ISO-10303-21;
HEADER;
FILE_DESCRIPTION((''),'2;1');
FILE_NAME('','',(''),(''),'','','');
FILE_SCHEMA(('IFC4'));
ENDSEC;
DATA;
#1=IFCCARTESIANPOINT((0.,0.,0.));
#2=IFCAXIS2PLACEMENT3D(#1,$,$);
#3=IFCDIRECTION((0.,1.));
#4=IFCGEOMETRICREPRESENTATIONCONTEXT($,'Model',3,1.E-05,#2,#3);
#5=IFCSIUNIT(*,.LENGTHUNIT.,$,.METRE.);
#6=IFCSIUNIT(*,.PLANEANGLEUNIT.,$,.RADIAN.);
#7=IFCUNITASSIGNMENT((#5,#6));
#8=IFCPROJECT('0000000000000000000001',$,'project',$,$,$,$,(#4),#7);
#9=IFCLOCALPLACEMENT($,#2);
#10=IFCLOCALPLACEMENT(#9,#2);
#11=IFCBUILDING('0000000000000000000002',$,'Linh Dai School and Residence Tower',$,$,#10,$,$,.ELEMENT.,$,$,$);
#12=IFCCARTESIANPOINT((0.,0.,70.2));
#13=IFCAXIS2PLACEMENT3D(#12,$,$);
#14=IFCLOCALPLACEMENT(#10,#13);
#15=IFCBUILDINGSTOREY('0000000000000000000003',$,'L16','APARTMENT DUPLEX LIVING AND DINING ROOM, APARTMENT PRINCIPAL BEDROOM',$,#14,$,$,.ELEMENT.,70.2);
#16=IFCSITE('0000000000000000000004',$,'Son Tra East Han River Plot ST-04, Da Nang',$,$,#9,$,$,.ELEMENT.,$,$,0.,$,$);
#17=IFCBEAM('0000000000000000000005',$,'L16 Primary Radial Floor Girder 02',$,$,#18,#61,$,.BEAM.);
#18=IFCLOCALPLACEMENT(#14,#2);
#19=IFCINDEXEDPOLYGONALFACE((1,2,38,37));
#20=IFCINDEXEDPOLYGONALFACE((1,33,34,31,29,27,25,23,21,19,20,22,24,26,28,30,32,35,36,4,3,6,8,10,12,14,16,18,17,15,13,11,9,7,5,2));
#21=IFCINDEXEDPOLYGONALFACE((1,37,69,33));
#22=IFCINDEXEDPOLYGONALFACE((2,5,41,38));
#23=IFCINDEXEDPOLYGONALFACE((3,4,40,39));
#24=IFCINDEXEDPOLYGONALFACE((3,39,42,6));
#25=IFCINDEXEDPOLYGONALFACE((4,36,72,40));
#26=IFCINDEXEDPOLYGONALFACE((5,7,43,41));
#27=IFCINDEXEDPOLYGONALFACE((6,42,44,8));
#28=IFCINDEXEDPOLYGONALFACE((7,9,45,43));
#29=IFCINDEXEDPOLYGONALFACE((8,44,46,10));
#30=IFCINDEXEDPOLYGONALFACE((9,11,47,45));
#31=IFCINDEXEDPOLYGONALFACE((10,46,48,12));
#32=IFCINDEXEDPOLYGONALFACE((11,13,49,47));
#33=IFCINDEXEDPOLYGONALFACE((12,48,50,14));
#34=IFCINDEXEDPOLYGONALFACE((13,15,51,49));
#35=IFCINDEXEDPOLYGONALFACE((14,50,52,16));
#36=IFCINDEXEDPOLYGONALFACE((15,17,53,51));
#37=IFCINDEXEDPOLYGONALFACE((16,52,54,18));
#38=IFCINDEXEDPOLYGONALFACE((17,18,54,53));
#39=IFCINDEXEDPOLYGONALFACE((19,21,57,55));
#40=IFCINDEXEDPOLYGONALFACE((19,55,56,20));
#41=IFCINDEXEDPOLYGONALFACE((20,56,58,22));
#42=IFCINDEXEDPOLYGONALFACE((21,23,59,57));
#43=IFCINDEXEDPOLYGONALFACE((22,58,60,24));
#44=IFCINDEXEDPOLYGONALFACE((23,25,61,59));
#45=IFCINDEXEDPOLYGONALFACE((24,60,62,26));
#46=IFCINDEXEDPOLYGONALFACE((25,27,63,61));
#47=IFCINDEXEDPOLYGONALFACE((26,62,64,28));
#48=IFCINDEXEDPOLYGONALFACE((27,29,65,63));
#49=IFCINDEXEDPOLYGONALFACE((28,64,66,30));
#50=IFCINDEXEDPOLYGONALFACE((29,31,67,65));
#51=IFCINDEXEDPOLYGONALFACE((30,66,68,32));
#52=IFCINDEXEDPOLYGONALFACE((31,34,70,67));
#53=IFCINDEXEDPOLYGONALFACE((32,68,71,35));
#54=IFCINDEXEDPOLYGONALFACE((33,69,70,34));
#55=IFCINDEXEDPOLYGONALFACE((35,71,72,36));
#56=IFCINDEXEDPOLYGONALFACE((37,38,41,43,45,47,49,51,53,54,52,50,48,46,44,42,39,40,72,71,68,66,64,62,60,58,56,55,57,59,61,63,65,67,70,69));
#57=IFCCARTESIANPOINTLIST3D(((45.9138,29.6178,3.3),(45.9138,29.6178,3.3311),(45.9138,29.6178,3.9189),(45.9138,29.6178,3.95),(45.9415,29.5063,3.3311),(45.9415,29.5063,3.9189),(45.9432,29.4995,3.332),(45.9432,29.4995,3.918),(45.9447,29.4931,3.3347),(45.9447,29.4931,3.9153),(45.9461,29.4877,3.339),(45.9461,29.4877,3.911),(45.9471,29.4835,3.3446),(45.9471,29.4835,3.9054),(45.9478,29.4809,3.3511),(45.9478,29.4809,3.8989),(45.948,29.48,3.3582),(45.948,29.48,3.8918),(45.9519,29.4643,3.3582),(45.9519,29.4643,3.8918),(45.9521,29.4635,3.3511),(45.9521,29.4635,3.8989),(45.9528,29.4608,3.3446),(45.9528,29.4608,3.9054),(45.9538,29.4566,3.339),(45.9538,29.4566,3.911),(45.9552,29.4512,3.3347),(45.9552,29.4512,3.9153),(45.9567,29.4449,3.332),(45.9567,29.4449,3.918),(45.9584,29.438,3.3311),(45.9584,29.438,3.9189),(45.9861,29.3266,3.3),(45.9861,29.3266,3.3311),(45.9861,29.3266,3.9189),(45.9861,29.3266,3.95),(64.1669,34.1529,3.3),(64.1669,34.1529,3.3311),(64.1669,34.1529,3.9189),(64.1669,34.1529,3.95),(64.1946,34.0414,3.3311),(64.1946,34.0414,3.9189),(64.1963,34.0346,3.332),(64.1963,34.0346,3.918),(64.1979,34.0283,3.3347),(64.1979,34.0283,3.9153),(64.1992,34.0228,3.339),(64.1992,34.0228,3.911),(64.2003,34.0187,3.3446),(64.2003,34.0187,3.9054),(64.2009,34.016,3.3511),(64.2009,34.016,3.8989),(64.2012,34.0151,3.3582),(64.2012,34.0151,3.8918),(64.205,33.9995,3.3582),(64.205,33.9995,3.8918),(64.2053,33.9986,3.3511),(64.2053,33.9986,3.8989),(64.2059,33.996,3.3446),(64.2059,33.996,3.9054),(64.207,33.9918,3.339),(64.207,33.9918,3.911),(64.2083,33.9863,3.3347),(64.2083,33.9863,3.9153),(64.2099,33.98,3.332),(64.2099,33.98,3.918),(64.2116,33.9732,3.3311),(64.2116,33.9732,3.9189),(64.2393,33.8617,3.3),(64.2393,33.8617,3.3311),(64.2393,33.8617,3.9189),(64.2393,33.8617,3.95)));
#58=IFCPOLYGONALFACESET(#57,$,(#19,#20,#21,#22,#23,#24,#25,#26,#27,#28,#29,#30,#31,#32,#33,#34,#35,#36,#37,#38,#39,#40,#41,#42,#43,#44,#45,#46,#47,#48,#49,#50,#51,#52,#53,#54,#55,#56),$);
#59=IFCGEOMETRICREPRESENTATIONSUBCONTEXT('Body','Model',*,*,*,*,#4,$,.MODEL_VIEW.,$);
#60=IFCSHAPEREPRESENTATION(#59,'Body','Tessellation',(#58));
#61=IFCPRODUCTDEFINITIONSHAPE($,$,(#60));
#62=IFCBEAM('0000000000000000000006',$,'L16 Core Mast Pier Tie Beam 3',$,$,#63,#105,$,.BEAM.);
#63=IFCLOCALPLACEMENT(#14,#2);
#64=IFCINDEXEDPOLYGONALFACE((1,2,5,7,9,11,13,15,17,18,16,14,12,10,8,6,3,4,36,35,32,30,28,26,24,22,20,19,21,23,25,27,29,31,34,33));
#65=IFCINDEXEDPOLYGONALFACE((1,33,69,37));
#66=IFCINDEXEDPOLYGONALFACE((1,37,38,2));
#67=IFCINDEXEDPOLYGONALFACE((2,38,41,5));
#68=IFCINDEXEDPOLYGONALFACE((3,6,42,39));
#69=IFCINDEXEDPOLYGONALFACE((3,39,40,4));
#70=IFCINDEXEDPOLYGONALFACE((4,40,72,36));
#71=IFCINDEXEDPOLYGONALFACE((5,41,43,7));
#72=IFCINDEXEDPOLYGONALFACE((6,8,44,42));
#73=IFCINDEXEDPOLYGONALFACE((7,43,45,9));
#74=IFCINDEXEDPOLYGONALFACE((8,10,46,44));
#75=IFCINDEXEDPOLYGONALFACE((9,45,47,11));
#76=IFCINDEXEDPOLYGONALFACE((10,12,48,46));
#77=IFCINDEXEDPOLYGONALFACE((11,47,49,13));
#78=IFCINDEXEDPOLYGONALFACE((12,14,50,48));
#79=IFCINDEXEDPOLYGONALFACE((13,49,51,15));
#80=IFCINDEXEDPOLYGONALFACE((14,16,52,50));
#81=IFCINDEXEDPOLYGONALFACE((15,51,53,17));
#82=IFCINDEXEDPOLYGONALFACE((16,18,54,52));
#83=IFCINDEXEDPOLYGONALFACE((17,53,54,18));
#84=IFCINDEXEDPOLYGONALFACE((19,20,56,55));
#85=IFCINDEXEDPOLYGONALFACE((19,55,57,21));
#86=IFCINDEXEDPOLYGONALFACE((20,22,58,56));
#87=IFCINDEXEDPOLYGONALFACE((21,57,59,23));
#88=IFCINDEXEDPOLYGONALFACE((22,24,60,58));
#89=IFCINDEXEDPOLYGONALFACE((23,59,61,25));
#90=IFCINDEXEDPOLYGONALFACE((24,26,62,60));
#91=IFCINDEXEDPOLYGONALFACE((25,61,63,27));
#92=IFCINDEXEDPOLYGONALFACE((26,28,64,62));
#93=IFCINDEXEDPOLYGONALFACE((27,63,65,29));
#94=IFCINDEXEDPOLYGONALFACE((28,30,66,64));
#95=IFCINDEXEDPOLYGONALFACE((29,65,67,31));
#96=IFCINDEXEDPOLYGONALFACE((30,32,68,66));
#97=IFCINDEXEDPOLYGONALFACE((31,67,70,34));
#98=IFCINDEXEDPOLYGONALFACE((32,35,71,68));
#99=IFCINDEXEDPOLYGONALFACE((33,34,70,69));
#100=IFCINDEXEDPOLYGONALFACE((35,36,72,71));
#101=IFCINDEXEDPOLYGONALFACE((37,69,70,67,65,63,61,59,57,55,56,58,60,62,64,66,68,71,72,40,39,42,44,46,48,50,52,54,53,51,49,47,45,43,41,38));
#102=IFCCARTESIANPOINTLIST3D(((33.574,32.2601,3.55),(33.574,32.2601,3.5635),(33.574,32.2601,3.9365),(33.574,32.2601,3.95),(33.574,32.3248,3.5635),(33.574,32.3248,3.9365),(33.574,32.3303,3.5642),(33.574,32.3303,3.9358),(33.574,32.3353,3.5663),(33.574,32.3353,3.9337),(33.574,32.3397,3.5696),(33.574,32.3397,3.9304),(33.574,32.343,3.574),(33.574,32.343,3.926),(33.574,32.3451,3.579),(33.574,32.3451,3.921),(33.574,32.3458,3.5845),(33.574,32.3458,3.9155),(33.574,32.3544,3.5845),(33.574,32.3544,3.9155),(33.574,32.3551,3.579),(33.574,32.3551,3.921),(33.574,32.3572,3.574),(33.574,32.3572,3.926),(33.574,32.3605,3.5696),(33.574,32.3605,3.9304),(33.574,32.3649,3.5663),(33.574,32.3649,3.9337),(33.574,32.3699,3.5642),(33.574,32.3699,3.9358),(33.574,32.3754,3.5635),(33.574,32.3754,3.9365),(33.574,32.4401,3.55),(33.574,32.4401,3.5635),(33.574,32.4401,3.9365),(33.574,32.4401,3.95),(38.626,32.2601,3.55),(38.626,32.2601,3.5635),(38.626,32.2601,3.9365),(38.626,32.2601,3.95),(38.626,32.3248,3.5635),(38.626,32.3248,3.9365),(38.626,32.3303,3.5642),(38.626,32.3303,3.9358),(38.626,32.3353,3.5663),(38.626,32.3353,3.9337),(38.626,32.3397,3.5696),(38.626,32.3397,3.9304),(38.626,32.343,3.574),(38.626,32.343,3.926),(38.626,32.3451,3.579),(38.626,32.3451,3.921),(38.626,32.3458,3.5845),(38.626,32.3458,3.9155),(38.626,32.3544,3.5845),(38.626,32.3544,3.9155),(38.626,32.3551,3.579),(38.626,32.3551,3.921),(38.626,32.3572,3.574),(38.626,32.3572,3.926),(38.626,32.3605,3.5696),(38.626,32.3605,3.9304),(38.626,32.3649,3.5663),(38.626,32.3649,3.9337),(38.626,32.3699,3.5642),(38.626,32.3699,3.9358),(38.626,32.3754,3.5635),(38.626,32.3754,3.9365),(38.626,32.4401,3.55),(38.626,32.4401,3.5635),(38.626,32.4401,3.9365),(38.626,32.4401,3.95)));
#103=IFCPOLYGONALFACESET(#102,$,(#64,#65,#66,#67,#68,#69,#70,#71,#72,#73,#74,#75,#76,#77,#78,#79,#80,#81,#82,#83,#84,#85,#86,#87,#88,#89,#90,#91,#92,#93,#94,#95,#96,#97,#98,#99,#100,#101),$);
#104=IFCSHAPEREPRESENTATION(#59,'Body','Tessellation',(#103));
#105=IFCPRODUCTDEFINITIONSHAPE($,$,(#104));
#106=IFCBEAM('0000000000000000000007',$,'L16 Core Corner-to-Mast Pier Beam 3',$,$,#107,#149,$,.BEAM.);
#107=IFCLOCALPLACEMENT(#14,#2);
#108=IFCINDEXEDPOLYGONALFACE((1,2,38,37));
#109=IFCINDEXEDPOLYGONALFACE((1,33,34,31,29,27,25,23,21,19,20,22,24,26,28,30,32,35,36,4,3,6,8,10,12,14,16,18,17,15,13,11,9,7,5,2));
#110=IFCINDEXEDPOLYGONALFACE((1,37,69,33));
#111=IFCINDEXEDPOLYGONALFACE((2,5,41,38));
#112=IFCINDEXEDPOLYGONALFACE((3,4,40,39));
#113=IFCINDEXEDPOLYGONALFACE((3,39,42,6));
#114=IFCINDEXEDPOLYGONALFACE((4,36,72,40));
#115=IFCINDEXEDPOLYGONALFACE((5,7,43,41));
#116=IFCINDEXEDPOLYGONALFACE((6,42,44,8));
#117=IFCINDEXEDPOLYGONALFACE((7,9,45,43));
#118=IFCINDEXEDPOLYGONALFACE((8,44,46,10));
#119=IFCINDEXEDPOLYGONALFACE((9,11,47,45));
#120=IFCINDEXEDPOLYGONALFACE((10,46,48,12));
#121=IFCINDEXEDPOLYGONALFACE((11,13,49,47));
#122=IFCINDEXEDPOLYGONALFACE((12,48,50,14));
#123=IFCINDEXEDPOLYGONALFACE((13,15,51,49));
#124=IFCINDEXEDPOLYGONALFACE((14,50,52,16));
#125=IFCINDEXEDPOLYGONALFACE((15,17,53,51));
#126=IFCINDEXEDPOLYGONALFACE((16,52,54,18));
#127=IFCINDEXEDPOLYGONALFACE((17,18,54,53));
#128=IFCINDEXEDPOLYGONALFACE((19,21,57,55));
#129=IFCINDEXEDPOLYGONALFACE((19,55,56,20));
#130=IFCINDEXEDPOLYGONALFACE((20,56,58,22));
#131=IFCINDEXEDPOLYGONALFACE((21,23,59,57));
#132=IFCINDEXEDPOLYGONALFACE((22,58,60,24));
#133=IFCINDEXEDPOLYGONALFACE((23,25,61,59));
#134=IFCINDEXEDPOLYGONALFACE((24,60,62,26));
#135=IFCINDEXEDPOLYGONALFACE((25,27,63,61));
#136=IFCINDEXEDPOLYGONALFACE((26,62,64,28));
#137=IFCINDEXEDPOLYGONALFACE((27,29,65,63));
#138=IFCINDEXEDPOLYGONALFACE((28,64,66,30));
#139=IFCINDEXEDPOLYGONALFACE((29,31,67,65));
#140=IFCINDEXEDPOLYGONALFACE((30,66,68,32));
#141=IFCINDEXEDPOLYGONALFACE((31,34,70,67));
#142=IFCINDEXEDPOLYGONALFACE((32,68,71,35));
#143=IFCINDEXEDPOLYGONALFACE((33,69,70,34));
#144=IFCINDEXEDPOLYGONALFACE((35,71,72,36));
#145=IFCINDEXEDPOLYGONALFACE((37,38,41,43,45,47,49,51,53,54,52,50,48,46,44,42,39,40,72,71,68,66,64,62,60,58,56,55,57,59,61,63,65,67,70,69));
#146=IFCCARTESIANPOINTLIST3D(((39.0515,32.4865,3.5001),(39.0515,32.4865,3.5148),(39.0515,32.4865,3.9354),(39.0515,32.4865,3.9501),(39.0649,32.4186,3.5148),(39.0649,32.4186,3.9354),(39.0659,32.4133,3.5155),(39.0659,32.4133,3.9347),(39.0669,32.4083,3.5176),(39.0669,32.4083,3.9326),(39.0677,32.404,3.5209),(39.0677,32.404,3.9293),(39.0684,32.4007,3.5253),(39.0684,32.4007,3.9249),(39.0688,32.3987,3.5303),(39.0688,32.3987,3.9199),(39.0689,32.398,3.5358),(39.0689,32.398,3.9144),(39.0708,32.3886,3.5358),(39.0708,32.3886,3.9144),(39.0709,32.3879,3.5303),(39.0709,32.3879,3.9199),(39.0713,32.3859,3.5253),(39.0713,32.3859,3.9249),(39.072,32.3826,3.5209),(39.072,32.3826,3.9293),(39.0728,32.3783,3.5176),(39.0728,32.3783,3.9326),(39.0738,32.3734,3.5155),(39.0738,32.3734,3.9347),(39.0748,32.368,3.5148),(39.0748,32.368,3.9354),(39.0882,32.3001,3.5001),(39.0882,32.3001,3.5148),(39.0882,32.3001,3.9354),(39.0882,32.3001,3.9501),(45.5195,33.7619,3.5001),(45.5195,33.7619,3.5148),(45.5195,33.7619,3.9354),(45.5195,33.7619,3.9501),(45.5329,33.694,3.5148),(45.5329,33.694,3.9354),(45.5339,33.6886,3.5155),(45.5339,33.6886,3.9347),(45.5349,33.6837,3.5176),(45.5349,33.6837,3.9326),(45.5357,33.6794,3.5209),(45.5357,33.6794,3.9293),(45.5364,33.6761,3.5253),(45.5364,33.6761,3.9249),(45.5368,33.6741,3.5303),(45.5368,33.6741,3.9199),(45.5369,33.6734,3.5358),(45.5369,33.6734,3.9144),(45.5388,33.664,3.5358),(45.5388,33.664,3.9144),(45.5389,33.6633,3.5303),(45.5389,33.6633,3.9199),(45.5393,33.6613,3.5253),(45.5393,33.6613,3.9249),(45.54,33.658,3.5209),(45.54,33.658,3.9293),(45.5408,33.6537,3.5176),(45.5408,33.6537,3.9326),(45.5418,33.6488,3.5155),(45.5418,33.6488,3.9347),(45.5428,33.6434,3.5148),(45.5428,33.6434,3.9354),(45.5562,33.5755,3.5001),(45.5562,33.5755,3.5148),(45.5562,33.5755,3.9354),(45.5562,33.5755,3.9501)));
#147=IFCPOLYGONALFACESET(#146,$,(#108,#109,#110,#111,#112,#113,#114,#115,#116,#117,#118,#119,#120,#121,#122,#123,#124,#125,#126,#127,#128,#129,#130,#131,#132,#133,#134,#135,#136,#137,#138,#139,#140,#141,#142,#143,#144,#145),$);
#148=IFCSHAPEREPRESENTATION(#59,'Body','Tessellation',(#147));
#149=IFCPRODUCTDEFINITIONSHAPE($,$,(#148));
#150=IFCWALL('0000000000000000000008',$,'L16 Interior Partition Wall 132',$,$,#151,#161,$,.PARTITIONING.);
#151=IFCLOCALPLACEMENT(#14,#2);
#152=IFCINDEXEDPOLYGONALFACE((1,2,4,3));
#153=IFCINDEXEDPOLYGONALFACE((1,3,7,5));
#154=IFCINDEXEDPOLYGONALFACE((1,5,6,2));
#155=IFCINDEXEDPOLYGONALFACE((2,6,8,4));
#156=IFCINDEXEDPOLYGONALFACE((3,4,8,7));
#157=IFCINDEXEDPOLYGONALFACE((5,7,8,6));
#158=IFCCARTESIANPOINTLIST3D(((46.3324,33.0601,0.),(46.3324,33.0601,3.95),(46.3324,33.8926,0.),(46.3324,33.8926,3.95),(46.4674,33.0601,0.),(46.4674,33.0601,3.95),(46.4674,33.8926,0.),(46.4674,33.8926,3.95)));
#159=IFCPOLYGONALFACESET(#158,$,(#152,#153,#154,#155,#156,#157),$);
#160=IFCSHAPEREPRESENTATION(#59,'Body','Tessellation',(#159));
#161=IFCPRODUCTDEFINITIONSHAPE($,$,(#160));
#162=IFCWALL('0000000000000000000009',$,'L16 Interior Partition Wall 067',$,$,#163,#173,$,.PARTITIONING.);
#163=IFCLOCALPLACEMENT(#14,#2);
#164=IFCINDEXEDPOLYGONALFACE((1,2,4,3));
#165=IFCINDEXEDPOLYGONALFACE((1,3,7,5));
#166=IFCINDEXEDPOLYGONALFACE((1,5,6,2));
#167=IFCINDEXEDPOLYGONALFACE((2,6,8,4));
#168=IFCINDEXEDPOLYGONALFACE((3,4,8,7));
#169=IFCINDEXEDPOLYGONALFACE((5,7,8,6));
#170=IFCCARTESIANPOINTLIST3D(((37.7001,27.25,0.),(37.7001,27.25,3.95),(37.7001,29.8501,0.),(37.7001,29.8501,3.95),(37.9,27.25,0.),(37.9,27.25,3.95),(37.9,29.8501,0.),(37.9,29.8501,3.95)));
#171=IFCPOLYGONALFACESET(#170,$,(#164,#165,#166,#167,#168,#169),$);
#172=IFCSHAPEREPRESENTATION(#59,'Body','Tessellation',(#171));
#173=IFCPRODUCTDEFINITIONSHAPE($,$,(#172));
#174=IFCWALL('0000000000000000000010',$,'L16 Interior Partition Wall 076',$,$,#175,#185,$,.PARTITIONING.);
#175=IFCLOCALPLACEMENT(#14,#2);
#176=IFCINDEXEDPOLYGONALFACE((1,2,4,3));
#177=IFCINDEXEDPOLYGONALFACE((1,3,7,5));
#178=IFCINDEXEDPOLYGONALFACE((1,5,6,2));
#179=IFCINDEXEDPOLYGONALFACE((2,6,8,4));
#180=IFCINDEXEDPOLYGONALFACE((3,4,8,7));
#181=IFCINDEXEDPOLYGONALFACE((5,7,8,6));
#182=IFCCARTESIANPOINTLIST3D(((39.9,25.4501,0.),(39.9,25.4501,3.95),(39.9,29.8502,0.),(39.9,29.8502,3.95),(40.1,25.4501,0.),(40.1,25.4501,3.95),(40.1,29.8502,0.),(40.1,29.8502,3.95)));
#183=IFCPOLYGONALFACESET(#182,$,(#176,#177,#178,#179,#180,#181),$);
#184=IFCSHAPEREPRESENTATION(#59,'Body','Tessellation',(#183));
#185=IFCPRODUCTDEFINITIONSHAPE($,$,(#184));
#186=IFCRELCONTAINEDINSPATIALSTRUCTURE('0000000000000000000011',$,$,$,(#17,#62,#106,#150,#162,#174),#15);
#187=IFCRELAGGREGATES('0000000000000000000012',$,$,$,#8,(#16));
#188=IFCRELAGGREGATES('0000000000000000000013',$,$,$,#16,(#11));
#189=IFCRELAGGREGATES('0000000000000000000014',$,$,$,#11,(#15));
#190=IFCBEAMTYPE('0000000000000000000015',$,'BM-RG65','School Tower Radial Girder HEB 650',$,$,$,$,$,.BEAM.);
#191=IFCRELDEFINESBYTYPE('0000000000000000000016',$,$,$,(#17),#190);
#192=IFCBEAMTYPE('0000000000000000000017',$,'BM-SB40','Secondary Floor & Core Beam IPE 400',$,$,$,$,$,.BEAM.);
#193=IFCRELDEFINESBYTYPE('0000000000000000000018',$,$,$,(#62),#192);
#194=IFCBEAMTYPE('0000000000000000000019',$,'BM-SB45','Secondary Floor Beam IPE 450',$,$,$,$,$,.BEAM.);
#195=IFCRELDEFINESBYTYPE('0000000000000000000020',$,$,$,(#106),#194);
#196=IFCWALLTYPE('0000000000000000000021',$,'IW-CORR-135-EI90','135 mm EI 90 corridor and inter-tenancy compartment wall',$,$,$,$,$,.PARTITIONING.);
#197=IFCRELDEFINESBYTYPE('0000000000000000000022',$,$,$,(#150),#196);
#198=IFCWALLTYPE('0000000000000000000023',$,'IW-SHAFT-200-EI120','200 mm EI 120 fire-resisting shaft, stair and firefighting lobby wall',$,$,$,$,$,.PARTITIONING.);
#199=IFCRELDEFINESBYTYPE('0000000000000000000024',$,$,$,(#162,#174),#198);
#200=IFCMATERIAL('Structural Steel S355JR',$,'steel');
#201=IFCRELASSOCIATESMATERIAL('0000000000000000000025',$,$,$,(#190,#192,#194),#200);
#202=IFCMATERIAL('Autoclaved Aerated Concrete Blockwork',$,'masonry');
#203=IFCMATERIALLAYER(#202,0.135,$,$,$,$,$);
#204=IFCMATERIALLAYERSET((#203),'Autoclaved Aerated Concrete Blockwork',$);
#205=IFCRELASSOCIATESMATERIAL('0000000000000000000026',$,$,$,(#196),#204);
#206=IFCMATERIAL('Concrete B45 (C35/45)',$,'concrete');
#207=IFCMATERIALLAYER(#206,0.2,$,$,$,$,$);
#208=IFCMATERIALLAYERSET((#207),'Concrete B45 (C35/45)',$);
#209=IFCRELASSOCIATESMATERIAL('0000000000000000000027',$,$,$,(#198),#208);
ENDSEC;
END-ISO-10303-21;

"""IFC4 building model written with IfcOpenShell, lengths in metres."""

from ifc_helpers import new_model, si_unit, direction, frame, frame_2d, origin, origin_2d, place, context, subcontext, project, spatial, rectangle, i_section, extrude, material, layer, layer_set, material_profile, profile_set, type_object, element, save


model = new_model("IFC4")

# Units and contexts
model_context = context("Model", 3, precision=1e-05, world=origin(), true_north=direction((0.0, 1.0)))
body_context = subcontext(model_context, "Body", "Model", "MODEL_VIEW")
ifc_project = project(units=[si_unit("LENGTHUNIT", "METRE"), si_unit("PLANEANGLEUNIT", "RADIAN")], contexts=[model_context])

# Site, building, storey
site_placement = place(None, origin())
site = spatial("IfcSite", under=ifc_project, at=site_placement, Name="Son Tra East Han River Plot ST-04, Da Nang", CompositionType="ELEMENT", RefElevation=0.0)
building_placement = place(site_placement, origin())
building = spatial("IfcBuilding", under=site, at=building_placement, Name="Linh Dai School and Residence Tower", CompositionType="ELEMENT")
storey_placement = place(building_placement, frame((0.0, 0.0, 70.2)))
storey = spatial("IfcBuildingStorey", under=building, at=storey_placement, Name="L16", Description="APARTMENT DUPLEX LIVING AND DINING ROOM, APARTMENT PRINCIPAL BEDROOM", CompositionType="ELEMENT", Elevation=70.2)

# Shared definitions
ifc_material_1 = material(Name="Structural Steel S355JR", Category="steel")

# Beams
ifc_material_profile_1 = material_profile(ifc_material_1, i_section(OverallWidth=0.3, OverallDepth=0.6499, WebThickness=0.0161, FlangeThickness=0.031, FilletRadius=0.0271, at=origin_2d()), Name="HEB 650")
ifc_profile_set_1 = profile_set([ifc_material_profile_1], Name="Structural Steel S355JR")
beam_type_1 = type_object("IfcBeamType", Name="BM-RG65", Description="School Tower Radial Girder HEB 650", PredefinedType="BEAM", material=ifc_profile_set_1)
beam_1_placement = place(storey_placement, frame((45.95, 29.4722, 3.625), z_axis=(0.970493, 0.241127, 0.0), x_axis=(-0.241127, 0.970493, 0.0)))
element("IfcBeam", 1, at=beam_1_placement, inside=storey, type_object=beam_type_1, Name="L16 Primary Radial Floor Girder 02", PredefinedType="BEAM", context=body_context, shape_type="SweptSolid", body=[
    extrude(i_section(OverallWidth=0.3, OverallDepth=0.6499, WebThickness=0.0161, FlangeThickness=0.031, FilletRadius=0.0271, at=origin_2d()), origin(), (0.0, 0.0, 1.0), 18.8081),
])
ifc_material_profile_2 = material_profile(ifc_material_1, i_section(OverallWidth=0.1799, OverallDepth=0.3999, WebThickness=0.0085, FlangeThickness=0.0134, FilletRadius=0.021, at=origin_2d()), Name="IPE 400")
ifc_profile_set_2 = profile_set([ifc_material_profile_2], Name="Structural Steel S355JR")
beam_type_2 = type_object("IfcBeamType", Name="BM-SB40", Description="Secondary Floor & Core Beam IPE 400", PredefinedType="BEAM", material=ifc_profile_set_2)
beam_2_placement = place(storey_placement, frame((38.626, 32.3501, 3.75), z_axis=(-1.0, 0.0, 0.0), x_axis=(0.0, -1.0, 0.0)))
element("IfcBeam", 2, at=beam_2_placement, inside=storey, type_object=beam_type_2, Name="L16 Core Mast Pier Tie Beam 3", PredefinedType="BEAM", context=body_context, shape_type="SweptSolid", body=[
    extrude(i_section(OverallWidth=0.1799, OverallDepth=0.3999, WebThickness=0.0085, FlangeThickness=0.0134, FilletRadius=0.021, at=origin_2d()), origin(), (0.0, 0.0, 1.0), 5.052),
])
ifc_material_profile_3 = material_profile(ifc_material_1, i_section(OverallWidth=0.1899, OverallDepth=0.45, WebThickness=0.0095, FlangeThickness=0.0146, FilletRadius=0.021, at=origin_2d()), Name="IPE 450")
ifc_profile_set_3 = profile_set([ifc_material_profile_3], Name="Structural Steel S355JR")
beam_type_3 = type_object("IfcBeamType", Name="BM-SB45", Description="Secondary Floor Beam IPE 450", PredefinedType="BEAM", material=ifc_profile_set_3)
beam_3_placement = place(storey_placement, frame((45.5378, 33.6687, 3.7251), z_axis=(-0.981108, -0.193459, 0.0), x_axis=(0.193459, -0.981108, 0.0)))
element("IfcBeam", 3, at=beam_3_placement, inside=storey, type_object=beam_type_3, Name="L16 Core Corner-to-Mast Pier Beam 3", PredefinedType="BEAM", context=body_context, shape_type="SweptSolid", body=[
    extrude(i_section(OverallWidth=0.1899, OverallDepth=0.45, WebThickness=0.0095, FlangeThickness=0.0146, FilletRadius=0.021, at=origin_2d()), origin(), (0.0, 0.0, 1.0), 6.5925),
])

# Walls
ifc_material_2 = material(Name="Autoclaved Aerated Concrete Blockwork", Category="masonry")
ifc_layer_1 = layer(ifc_material_2, 0.135)
ifc_layer_set_1 = layer_set([ifc_layer_1], Name="Autoclaved Aerated Concrete Blockwork")
wall_type_1 = type_object("IfcWallType", Name="IW-CORR-135-EI90", Description="135 mm EI 90 corridor and inter-tenancy compartment wall", PredefinedType="PARTITIONING", material=ifc_layer_set_1)
wall_1_placement = place(storey_placement, frame((46.3999, 33.0601, 0.0), z_axis=(0.0, 0.0, 1.0), x_axis=(0.0, 1.0, 0.0)))
element("IfcWall", 4, at=wall_1_placement, inside=storey, type_object=wall_type_1, Name="L16 Interior Partition Wall 132", PredefinedType="PARTITIONING", context=body_context, shape_type="SweptSolid", body=[
    extrude(rectangle(XDim=0.8325, YDim=0.135, at=frame_2d((0.4163, 0.0))), origin(), (0.0, 0.0, 1.0), 3.95),
])
ifc_material_3 = material(Name="Concrete B45 (C35/45)", Category="concrete")
ifc_layer_2 = layer(ifc_material_3, 0.2)
ifc_layer_set_2 = layer_set([ifc_layer_2], Name="Concrete B45 (C35/45)")
wall_type_2 = type_object("IfcWallType", Name="IW-SHAFT-200-EI120", Description="200 mm EI 120 fire-resisting shaft, stair and firefighting lobby wall", PredefinedType="PARTITIONING", material=ifc_layer_set_2)
wall_2_placement = place(storey_placement, frame((37.8, 27.25, 0.0), z_axis=(0.0, 0.0, 1.0), x_axis=(0.0, 1.0, 0.0)))
element("IfcWall", 5, at=wall_2_placement, inside=storey, type_object=wall_type_2, Name="L16 Interior Partition Wall 067", PredefinedType="PARTITIONING", context=body_context, shape_type="SweptSolid", body=[
    extrude(rectangle(XDim=2.6001, YDim=0.2, at=frame_2d((1.3, 0.0))), origin(), (0.0, 0.0, 1.0), 3.95),
])
wall_3_placement = place(storey_placement, frame((40.0, 25.45, 0.0), z_axis=(0.0, 0.0, 1.0), x_axis=(0.0, 1.0, 0.0)))
element("IfcWall", 6, at=wall_3_placement, inside=storey, type_object=wall_type_2, Name="L16 Interior Partition Wall 076", PredefinedType="PARTITIONING", context=body_context, shape_type="SweptSolid", body=[
    extrude(rectangle(XDim=4.4001, YDim=0.2, at=frame_2d((2.2002, 0.0))), origin(), (0.0, 0.0, 1.0), 3.95),
])

save(model, "model.ifc")
